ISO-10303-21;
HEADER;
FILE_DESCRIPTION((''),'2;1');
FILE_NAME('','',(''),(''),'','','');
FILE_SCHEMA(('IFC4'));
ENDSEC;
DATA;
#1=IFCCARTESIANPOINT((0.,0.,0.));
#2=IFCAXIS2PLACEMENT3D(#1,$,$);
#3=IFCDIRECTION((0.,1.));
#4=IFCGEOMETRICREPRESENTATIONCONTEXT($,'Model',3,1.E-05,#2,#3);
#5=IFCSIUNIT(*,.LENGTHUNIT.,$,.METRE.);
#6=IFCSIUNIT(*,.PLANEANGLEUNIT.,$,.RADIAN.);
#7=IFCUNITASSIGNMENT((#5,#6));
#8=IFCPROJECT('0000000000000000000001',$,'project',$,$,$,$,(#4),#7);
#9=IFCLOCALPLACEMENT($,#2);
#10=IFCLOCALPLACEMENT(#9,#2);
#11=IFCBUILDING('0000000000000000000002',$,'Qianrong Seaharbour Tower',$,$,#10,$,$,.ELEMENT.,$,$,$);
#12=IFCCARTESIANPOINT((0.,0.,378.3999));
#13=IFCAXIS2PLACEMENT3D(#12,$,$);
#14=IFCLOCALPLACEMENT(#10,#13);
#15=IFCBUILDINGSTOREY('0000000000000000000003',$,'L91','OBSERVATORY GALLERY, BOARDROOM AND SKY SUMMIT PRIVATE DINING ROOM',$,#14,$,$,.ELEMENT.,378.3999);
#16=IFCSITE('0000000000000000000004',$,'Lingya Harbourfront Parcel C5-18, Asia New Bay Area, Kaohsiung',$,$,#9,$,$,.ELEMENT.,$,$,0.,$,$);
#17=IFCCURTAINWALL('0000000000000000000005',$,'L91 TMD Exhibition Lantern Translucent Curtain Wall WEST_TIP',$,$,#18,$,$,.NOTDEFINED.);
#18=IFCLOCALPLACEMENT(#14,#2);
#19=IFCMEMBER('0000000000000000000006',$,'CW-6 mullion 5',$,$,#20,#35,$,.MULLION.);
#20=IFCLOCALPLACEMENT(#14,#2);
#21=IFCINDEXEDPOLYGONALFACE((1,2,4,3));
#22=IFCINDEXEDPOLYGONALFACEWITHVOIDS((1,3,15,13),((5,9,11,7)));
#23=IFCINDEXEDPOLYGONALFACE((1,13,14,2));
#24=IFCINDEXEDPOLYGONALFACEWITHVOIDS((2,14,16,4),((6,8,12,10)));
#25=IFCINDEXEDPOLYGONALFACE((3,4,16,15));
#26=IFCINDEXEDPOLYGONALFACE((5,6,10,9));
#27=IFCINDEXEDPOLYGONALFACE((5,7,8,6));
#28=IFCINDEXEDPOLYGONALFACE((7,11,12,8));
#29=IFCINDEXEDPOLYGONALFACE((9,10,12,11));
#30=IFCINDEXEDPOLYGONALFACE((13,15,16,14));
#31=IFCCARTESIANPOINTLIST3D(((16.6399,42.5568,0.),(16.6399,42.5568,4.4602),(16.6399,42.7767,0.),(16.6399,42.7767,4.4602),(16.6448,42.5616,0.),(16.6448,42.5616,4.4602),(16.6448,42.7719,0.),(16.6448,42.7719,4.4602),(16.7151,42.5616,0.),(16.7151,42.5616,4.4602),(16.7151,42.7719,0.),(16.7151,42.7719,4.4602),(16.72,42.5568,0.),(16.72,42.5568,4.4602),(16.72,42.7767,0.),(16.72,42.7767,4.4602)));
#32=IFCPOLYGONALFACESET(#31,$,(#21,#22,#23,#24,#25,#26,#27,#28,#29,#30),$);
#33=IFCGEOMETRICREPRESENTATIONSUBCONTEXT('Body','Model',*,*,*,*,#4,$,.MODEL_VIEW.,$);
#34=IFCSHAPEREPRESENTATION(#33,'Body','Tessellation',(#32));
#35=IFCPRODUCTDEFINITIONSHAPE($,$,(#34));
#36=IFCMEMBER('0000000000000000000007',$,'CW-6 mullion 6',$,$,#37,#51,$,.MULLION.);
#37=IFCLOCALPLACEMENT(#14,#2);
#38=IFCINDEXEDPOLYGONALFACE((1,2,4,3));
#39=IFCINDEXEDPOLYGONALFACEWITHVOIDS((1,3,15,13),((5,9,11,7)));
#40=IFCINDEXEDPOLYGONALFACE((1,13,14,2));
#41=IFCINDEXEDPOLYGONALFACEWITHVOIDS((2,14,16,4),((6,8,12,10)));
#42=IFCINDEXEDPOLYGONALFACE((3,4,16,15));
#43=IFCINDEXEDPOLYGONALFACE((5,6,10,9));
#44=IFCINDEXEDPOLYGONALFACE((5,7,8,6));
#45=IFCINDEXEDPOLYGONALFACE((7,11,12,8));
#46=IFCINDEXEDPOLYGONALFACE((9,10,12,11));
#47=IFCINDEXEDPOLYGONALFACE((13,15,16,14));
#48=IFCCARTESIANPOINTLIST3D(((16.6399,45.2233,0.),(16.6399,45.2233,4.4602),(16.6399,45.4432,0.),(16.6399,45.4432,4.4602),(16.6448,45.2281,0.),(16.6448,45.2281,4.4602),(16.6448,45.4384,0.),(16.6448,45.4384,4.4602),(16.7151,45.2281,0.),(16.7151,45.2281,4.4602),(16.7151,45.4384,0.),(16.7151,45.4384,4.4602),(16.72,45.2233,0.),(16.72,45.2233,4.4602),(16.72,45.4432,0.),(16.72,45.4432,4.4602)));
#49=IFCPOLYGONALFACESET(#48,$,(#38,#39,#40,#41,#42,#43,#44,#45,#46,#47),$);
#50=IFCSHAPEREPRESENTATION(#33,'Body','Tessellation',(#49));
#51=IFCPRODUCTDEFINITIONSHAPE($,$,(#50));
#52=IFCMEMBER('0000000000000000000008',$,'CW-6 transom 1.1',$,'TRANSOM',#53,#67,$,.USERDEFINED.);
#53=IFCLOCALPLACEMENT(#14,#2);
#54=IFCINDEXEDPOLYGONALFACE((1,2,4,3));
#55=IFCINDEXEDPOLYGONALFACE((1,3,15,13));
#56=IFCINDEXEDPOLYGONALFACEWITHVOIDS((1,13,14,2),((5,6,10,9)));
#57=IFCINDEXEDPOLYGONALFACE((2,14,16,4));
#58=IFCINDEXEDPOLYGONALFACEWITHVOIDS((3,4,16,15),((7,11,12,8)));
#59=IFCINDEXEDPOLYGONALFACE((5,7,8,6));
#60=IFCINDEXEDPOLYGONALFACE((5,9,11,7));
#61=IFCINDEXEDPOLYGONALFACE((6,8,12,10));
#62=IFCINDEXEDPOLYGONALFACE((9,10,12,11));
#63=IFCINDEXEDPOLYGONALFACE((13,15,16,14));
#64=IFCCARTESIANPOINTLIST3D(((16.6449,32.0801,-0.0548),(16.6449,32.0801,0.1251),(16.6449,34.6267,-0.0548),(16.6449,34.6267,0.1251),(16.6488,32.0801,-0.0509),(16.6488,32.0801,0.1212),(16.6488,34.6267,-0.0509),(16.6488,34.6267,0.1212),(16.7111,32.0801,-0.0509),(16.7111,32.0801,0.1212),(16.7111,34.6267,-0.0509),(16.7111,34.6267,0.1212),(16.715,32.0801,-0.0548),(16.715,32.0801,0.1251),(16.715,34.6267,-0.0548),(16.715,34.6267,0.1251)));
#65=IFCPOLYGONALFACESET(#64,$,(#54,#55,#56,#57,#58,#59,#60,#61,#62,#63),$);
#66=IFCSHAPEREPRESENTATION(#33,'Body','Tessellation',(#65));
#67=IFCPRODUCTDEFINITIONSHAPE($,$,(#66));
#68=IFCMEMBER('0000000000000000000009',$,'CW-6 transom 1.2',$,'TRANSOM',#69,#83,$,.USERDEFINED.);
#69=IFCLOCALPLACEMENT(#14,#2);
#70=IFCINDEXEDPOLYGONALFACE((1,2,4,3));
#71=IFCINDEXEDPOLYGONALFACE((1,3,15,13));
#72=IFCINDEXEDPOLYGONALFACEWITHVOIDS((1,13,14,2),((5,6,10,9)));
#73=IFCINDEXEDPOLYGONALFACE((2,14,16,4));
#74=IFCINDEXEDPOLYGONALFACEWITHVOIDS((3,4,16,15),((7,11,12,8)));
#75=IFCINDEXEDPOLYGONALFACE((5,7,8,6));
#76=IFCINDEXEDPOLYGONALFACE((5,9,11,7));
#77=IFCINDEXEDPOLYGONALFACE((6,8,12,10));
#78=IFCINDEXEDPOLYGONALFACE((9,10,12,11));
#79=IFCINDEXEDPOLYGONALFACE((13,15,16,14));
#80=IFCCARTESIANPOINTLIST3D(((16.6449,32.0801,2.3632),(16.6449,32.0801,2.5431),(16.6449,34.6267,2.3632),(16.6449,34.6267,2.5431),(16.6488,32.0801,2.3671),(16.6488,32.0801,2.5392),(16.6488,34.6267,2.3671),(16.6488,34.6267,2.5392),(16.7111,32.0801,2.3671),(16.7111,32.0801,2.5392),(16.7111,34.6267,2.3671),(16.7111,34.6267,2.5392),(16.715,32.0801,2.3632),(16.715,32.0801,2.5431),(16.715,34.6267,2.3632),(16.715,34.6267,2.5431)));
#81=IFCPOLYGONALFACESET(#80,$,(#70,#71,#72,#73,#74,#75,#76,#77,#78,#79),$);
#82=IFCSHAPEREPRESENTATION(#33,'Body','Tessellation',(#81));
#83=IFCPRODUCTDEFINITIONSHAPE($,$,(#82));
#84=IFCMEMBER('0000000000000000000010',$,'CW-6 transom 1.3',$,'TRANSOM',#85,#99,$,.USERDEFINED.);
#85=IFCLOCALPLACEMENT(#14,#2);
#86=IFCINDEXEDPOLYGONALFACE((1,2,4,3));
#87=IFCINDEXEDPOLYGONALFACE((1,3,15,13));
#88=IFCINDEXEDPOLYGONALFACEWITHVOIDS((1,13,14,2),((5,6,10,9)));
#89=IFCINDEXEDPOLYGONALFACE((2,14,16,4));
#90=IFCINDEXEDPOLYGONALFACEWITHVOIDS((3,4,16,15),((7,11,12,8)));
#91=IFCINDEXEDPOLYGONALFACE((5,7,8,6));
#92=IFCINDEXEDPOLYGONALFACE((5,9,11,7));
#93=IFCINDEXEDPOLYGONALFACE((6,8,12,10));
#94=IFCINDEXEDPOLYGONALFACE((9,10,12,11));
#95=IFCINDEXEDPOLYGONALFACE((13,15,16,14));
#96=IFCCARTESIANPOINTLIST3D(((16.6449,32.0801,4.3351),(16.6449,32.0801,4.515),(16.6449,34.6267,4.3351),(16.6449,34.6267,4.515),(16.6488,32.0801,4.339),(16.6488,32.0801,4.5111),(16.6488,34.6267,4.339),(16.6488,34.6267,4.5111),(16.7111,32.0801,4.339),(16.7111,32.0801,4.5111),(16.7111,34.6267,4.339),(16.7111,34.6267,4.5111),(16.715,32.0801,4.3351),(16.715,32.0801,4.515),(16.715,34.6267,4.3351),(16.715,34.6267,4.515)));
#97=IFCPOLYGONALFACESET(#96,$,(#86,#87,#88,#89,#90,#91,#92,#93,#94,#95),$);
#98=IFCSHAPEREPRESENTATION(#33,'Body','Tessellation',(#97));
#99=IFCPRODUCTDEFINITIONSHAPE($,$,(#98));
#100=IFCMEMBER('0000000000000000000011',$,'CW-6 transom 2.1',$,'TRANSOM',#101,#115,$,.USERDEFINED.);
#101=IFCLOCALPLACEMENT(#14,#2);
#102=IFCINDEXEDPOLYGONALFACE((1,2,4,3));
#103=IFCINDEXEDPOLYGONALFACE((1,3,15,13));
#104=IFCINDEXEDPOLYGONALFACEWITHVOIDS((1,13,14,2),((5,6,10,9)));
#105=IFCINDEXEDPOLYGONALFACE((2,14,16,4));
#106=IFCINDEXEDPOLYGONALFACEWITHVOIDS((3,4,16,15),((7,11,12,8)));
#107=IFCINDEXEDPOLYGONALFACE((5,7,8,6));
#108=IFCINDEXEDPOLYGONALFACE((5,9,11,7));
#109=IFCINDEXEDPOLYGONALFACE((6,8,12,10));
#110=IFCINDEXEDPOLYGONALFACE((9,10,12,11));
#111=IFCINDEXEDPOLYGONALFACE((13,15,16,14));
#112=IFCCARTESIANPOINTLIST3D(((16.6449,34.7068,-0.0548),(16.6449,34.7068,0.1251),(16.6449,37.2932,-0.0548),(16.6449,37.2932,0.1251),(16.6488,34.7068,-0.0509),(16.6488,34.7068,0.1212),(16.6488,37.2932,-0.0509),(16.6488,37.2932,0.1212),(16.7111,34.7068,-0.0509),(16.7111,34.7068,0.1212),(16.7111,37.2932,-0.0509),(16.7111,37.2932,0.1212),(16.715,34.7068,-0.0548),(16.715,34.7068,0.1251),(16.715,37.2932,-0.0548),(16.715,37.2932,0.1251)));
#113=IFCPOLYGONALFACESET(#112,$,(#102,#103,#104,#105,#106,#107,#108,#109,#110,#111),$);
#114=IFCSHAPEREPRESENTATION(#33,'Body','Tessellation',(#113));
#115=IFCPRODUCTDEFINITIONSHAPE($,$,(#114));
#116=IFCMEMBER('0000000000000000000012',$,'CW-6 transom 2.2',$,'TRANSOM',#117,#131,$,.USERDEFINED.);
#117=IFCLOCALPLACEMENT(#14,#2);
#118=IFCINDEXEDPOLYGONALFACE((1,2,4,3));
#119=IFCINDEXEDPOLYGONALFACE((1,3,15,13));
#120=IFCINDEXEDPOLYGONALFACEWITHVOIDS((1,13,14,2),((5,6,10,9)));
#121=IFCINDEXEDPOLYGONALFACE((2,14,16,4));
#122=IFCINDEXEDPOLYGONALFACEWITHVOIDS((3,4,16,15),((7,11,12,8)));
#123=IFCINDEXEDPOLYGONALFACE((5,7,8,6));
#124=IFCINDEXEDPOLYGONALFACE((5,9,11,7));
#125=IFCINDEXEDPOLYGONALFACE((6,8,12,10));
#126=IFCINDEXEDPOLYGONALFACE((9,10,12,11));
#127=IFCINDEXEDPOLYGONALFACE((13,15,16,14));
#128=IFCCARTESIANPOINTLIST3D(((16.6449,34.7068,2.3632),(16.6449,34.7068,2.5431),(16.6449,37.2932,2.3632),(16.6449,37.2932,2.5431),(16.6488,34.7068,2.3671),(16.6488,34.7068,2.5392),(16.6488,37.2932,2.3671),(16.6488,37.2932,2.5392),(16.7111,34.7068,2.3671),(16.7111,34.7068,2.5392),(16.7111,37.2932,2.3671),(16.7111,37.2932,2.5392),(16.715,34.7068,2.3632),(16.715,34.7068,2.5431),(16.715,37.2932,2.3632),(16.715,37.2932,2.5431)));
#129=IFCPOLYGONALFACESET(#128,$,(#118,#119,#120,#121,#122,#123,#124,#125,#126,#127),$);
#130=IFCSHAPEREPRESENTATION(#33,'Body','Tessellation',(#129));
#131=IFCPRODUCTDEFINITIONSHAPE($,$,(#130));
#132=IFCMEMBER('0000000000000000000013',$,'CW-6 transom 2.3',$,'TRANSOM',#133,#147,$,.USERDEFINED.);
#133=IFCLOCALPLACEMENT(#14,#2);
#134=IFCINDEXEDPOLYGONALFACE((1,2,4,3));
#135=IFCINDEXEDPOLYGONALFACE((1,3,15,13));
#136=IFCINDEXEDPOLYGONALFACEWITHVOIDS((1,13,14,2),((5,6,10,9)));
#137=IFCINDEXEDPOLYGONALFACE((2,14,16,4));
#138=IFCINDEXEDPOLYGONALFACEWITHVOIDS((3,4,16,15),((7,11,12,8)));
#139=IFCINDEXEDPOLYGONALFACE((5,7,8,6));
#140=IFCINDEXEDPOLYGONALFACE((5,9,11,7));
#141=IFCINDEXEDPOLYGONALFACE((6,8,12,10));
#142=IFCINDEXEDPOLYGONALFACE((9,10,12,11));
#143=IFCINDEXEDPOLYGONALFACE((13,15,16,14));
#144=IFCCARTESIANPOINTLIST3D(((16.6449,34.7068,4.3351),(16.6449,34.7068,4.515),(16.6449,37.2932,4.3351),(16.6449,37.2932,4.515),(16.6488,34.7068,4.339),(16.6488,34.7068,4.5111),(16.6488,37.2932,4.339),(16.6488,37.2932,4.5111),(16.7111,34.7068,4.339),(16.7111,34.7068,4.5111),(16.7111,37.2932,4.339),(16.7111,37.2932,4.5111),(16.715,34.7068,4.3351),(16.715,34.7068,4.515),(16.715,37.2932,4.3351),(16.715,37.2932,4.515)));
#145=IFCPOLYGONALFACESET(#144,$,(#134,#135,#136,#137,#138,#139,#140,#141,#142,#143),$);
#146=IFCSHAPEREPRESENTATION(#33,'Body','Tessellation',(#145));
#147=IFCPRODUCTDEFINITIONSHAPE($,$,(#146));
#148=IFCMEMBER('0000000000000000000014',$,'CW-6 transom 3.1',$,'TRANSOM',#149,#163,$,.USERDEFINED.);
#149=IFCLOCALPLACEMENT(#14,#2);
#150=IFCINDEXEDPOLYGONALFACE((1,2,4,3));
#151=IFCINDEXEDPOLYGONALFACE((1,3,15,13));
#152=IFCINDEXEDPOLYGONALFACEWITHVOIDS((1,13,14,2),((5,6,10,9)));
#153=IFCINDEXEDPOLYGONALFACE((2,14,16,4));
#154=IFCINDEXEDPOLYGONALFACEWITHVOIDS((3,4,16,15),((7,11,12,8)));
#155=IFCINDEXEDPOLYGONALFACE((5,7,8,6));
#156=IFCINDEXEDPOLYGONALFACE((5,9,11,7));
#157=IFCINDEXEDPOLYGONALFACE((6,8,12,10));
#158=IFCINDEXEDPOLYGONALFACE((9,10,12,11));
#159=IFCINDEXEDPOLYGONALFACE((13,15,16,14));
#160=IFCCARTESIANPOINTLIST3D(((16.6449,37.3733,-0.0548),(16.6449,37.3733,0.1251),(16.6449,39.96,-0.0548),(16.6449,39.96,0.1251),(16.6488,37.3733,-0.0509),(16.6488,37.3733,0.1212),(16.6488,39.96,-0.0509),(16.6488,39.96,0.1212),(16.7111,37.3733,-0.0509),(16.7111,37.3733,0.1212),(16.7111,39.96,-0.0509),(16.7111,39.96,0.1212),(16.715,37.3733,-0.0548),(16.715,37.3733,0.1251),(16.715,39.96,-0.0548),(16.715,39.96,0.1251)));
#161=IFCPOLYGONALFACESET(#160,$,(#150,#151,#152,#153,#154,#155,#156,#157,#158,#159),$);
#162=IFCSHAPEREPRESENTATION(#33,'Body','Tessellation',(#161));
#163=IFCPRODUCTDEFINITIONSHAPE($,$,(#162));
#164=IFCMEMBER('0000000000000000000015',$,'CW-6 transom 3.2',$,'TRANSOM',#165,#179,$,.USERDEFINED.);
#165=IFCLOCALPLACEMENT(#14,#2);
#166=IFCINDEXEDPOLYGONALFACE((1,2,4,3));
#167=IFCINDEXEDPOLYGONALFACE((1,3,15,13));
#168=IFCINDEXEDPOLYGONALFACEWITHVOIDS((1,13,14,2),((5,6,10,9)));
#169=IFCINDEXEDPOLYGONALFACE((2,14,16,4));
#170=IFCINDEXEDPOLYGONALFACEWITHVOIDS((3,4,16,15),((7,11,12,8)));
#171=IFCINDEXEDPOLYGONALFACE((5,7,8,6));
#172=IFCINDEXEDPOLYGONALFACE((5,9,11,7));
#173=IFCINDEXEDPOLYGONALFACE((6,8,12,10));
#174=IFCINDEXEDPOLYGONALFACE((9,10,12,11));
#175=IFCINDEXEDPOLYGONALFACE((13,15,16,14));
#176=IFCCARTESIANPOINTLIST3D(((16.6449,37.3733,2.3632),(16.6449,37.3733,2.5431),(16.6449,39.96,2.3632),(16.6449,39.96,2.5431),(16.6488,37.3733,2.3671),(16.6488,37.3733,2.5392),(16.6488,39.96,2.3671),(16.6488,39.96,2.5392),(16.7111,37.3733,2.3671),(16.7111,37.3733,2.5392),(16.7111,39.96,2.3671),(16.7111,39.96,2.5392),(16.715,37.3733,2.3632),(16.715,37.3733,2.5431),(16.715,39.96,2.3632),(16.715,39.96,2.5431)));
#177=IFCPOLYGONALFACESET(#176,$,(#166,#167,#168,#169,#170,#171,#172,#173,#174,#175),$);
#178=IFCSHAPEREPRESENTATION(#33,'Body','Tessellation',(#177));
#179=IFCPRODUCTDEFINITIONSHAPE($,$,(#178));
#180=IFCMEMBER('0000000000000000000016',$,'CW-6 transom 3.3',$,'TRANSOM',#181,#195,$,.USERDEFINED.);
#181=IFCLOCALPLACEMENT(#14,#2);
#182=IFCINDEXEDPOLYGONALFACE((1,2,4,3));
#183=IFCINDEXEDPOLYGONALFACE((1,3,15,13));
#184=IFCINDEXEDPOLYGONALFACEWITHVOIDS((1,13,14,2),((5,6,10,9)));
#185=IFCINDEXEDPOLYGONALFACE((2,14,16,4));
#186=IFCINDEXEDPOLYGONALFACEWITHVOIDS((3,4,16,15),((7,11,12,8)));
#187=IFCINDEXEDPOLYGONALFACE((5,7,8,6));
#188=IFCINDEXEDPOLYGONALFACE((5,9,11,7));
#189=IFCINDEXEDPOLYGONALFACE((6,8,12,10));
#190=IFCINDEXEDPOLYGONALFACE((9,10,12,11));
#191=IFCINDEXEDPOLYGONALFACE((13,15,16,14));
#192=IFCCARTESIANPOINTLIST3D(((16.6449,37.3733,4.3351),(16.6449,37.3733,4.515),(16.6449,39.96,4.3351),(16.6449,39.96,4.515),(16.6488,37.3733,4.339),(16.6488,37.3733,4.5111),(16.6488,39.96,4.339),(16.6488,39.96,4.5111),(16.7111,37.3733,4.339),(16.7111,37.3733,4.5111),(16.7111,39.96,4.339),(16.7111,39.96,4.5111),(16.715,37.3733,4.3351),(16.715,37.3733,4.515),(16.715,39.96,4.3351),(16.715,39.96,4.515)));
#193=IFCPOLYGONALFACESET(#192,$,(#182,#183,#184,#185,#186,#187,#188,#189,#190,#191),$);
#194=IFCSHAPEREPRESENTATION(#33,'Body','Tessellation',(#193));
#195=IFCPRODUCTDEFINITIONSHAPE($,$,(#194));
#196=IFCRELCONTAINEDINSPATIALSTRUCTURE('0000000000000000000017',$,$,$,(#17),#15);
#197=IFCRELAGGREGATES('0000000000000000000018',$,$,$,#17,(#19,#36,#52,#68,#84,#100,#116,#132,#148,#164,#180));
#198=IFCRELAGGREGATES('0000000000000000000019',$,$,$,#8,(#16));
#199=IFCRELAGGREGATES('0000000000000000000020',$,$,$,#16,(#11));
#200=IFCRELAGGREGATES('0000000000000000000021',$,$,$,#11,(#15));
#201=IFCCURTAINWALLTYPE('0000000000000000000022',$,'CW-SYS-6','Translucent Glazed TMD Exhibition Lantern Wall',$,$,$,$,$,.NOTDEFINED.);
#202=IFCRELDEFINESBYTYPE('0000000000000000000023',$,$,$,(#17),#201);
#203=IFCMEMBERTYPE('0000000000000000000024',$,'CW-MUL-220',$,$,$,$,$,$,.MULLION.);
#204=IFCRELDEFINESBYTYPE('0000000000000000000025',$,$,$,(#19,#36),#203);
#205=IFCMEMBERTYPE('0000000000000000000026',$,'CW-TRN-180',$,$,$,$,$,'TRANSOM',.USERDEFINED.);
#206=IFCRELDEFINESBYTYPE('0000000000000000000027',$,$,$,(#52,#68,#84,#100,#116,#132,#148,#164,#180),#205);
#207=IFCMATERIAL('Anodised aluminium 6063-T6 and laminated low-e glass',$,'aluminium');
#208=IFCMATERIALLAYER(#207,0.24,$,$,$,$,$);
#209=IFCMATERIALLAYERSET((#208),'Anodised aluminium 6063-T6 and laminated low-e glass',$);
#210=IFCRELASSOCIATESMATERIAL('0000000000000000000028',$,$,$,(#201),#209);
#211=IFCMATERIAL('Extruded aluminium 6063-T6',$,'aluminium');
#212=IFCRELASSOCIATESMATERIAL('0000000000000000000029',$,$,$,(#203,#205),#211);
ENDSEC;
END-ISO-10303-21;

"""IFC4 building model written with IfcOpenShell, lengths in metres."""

from ifc_helpers import new_model, si_unit, direction, frame, origin, origin_2d, place, context, subcontext, project, spatial, hollow_rectangle, extrude, material, layer, layer_set, material_profile, profile_set, type_object, element, aggregate, save


model = new_model("IFC4")

# Units and contexts
model_context = context("Model", 3, precision=1e-05, world=origin(), true_north=direction((0.0, 1.0)))
body_context = subcontext(model_context, "Body", "Model", "MODEL_VIEW")
ifc_project = project(units=[si_unit("LENGTHUNIT", "METRE"), si_unit("PLANEANGLEUNIT", "RADIAN")], contexts=[model_context])

# Site, building, storey
site_placement = place(None, origin())
site = spatial("IfcSite", under=ifc_project, at=site_placement, Name="Lingya Harbourfront Parcel C5-18, Asia New Bay Area, Kaohsiung", CompositionType="ELEMENT", RefElevation=0.0)
building_placement = place(site_placement, origin())
building = spatial("IfcBuilding", under=site, at=building_placement, Name="Qianrong Seaharbour Tower", CompositionType="ELEMENT")
storey_placement = place(building_placement, frame((0.0, 0.0, 378.3999)))
storey = spatial("IfcBuildingStorey", under=building, at=storey_placement, Name="L91", Description="OBSERVATORY GALLERY, BOARDROOM AND SKY SUMMIT PRIVATE DINING ROOM", CompositionType="ELEMENT", Elevation=378.3999)

# Curtain wall, members
ifc_material_1 = material(Name="Anodised aluminium 6063-T6 and laminated low-e glass", Category="aluminium")
ifc_layer_1 = layer(ifc_material_1, 0.24)
ifc_layer_set_1 = layer_set([ifc_layer_1], Name="Anodised aluminium 6063-T6 and laminated low-e glass")
curtain_wall_type = type_object("IfcCurtainWallType", Name="CW-SYS-6", Description="Translucent Glazed TMD Exhibition Lantern Wall", PredefinedType="NOTDEFINED", material=ifc_layer_set_1)
curtain_wall_placement = place(storey_placement, origin())
curtain_wall = element("IfcCurtainWall", 1, at=curtain_wall_placement, inside=storey, type_object=curtain_wall_type, Name="L91 TMD Exhibition Lantern Translucent Curtain Wall WEST_TIP", PredefinedType="NOTDEFINED")
ifc_material_2 = material(Name="Extruded aluminium 6063-T6", Category="aluminium")
ifc_material_profile_1 = material_profile(ifc_material_2, hollow_rectangle(XDim=0.0801, YDim=0.22, WallThickness=0.0049, at=origin_2d()), Name="ALU-MUL-220x80x5")
ifc_profile_set_1 = profile_set([ifc_material_profile_1], Name="Extruded aluminium 6063-T6")
member_type_1 = type_object("IfcMemberType", Name="CW-MUL-220", PredefinedType="MULLION", material=ifc_profile_set_1)
member_1_placement = place(storey_placement, frame((16.6799, 42.6667, 0.0), z_axis=(0.0, 0.0, 1.0), x_axis=(-1.0, 0.0, 0.0)))
member_1 = element("IfcMember", 2, at=member_1_placement, type_object=member_type_1, Name="CW-6 mullion 5", PredefinedType="MULLION", context=body_context, shape_type="SweptSolid", body=[
    extrude(hollow_rectangle(XDim=0.0801, YDim=0.22, WallThickness=0.0049, at=origin_2d()), origin(), (0.0, 0.0, 1.0), 4.4602),
])
member_2_placement = place(storey_placement, frame((16.6799, 45.3333, 0.0), z_axis=(0.0, 0.0, 1.0), x_axis=(-1.0, 0.0, 0.0)))
member_2 = element("IfcMember", 3, at=member_2_placement, type_object=member_type_1, Name="CW-6 mullion 6", PredefinedType="MULLION", context=body_context, shape_type="SweptSolid", body=[
    extrude(hollow_rectangle(XDim=0.0801, YDim=0.22, WallThickness=0.0049, at=origin_2d()), origin(), (0.0, 0.0, 1.0), 4.4602),
])
ifc_material_profile_2 = material_profile(ifc_material_2, hollow_rectangle(XDim=0.0701, YDim=0.1799, WallThickness=0.0039, at=origin_2d()), Name="ALU-TRN-180x70x4")
ifc_profile_set_2 = profile_set([ifc_material_profile_2], Name="Extruded aluminium 6063-T6")
member_type_2 = type_object("IfcMemberType", Name="CW-TRN-180", ElementType="TRANSOM", PredefinedType="USERDEFINED", material=ifc_profile_set_2)
member_3_placement = place(storey_placement, frame((16.6799, 32.0801, 0.0352), z_axis=(0.0, 1.0, 0.0), x_axis=(-1.0, 0.0, 0.0)))
member_3 = element("IfcMember", 4, at=member_3_placement, type_object=member_type_2, Name="CW-6 transom 1.1", ObjectType="TRANSOM", PredefinedType="USERDEFINED", context=body_context, shape_type="SweptSolid", body=[
    extrude(hollow_rectangle(XDim=0.0701, YDim=0.1799, WallThickness=0.0039, at=origin_2d()), origin(), (0.0, 0.0, 1.0), 2.5466),
])
member_4_placement = place(storey_placement, frame((16.6799, 32.0801, 2.4531), z_axis=(0.0, 1.0, 0.0), x_axis=(-1.0, 0.0, 0.0)))
member_4 = element("IfcMember", 5, at=member_4_placement, type_object=member_type_2, Name="CW-6 transom 1.2", ObjectType="TRANSOM", PredefinedType="USERDEFINED", context=body_context, shape_type="SweptSolid", body=[
    extrude(hollow_rectangle(XDim=0.0701, YDim=0.1799, WallThickness=0.0039, at=origin_2d()), origin(), (0.0, 0.0, 1.0), 2.5466),
])
member_5_placement = place(storey_placement, frame((16.6799, 32.0801, 4.425), z_axis=(0.0, 1.0, 0.0), x_axis=(-1.0, 0.0, 0.0)))
member_5 = element("IfcMember", 6, at=member_5_placement, type_object=member_type_2, Name="CW-6 transom 1.3", ObjectType="TRANSOM", PredefinedType="USERDEFINED", context=body_context, shape_type="SweptSolid", body=[
    extrude(hollow_rectangle(XDim=0.0701, YDim=0.1799, WallThickness=0.0039, at=origin_2d()), origin(), (0.0, 0.0, 1.0), 2.5466),
])
member_6_placement = place(storey_placement, frame((16.6799, 34.7068, 0.0352), z_axis=(0.0, 1.0, 0.0), x_axis=(-1.0, 0.0, 0.0)))
member_6 = element("IfcMember", 7, at=member_6_placement, type_object=member_type_2, Name="CW-6 transom 2.1", ObjectType="TRANSOM", PredefinedType="USERDEFINED", context=body_context, shape_type="SweptSolid", body=[
    extrude(hollow_rectangle(XDim=0.0701, YDim=0.1799, WallThickness=0.0039, at=origin_2d()), origin(), (0.0, 0.0, 1.0), 2.5864),
])
member_7_placement = place(storey_placement, frame((16.6799, 34.7068, 2.4531), z_axis=(0.0, 1.0, 0.0), x_axis=(-1.0, 0.0, 0.0)))
member_7 = element("IfcMember", 8, at=member_7_placement, type_object=member_type_2, Name="CW-6 transom 2.2", ObjectType="TRANSOM", PredefinedType="USERDEFINED", context=body_context, shape_type="SweptSolid", body=[
    extrude(hollow_rectangle(XDim=0.0701, YDim=0.1799, WallThickness=0.0039, at=origin_2d()), origin(), (0.0, 0.0, 1.0), 2.5864),
])
member_8_placement = place(storey_placement, frame((16.6799, 34.7068, 4.425), z_axis=(0.0, 1.0, 0.0), x_axis=(-1.0, 0.0, 0.0)))
member_8 = element("IfcMember", 9, at=member_8_placement, type_object=member_type_2, Name="CW-6 transom 2.3", ObjectType="TRANSOM", PredefinedType="USERDEFINED", context=body_context, shape_type="SweptSolid", body=[
    extrude(hollow_rectangle(XDim=0.0701, YDim=0.1799, WallThickness=0.0039, at=origin_2d()), origin(), (0.0, 0.0, 1.0), 2.5864),
])
member_9_placement = place(storey_placement, frame((16.6799, 37.3733, 0.0352), z_axis=(0.0, 1.0, 0.0), x_axis=(-1.0, 0.0, 0.0)))
member_9 = element("IfcMember", 10, at=member_9_placement, type_object=member_type_2, Name="CW-6 transom 3.1", ObjectType="TRANSOM", PredefinedType="USERDEFINED", context=body_context, shape_type="SweptSolid", body=[
    extrude(hollow_rectangle(XDim=0.0701, YDim=0.1799, WallThickness=0.0039, at=origin_2d()), origin(), (0.0, 0.0, 1.0), 2.5867),
])
member_10_placement = place(storey_placement, frame((16.6799, 37.3733, 2.4531), z_axis=(0.0, 1.0, 0.0), x_axis=(-1.0, 0.0, 0.0)))
member_10 = element("IfcMember", 11, at=member_10_placement, type_object=member_type_2, Name="CW-6 transom 3.2", ObjectType="TRANSOM", PredefinedType="USERDEFINED", context=body_context, shape_type="SweptSolid", body=[
    extrude(hollow_rectangle(XDim=0.0701, YDim=0.1799, WallThickness=0.0039, at=origin_2d()), origin(), (0.0, 0.0, 1.0), 2.5867),
])
member_11_placement = place(storey_placement, frame((16.6799, 37.3733, 4.425), z_axis=(0.0, 1.0, 0.0), x_axis=(-1.0, 0.0, 0.0)))
member_11 = element("IfcMember", 12, at=member_11_placement, type_object=member_type_2, Name="CW-6 transom 3.3", ObjectType="TRANSOM", PredefinedType="USERDEFINED", context=body_context, shape_type="SweptSolid", body=[
    extrude(hollow_rectangle(XDim=0.0701, YDim=0.1799, WallThickness=0.0039, at=origin_2d()), origin(), (0.0, 0.0, 1.0), 2.5867),
])
aggregate(curtain_wall, [member_1, member_2, member_3, member_4, member_5, member_6, member_7, member_8, member_9, member_10, member_11])

save(model, "model.ifc")
